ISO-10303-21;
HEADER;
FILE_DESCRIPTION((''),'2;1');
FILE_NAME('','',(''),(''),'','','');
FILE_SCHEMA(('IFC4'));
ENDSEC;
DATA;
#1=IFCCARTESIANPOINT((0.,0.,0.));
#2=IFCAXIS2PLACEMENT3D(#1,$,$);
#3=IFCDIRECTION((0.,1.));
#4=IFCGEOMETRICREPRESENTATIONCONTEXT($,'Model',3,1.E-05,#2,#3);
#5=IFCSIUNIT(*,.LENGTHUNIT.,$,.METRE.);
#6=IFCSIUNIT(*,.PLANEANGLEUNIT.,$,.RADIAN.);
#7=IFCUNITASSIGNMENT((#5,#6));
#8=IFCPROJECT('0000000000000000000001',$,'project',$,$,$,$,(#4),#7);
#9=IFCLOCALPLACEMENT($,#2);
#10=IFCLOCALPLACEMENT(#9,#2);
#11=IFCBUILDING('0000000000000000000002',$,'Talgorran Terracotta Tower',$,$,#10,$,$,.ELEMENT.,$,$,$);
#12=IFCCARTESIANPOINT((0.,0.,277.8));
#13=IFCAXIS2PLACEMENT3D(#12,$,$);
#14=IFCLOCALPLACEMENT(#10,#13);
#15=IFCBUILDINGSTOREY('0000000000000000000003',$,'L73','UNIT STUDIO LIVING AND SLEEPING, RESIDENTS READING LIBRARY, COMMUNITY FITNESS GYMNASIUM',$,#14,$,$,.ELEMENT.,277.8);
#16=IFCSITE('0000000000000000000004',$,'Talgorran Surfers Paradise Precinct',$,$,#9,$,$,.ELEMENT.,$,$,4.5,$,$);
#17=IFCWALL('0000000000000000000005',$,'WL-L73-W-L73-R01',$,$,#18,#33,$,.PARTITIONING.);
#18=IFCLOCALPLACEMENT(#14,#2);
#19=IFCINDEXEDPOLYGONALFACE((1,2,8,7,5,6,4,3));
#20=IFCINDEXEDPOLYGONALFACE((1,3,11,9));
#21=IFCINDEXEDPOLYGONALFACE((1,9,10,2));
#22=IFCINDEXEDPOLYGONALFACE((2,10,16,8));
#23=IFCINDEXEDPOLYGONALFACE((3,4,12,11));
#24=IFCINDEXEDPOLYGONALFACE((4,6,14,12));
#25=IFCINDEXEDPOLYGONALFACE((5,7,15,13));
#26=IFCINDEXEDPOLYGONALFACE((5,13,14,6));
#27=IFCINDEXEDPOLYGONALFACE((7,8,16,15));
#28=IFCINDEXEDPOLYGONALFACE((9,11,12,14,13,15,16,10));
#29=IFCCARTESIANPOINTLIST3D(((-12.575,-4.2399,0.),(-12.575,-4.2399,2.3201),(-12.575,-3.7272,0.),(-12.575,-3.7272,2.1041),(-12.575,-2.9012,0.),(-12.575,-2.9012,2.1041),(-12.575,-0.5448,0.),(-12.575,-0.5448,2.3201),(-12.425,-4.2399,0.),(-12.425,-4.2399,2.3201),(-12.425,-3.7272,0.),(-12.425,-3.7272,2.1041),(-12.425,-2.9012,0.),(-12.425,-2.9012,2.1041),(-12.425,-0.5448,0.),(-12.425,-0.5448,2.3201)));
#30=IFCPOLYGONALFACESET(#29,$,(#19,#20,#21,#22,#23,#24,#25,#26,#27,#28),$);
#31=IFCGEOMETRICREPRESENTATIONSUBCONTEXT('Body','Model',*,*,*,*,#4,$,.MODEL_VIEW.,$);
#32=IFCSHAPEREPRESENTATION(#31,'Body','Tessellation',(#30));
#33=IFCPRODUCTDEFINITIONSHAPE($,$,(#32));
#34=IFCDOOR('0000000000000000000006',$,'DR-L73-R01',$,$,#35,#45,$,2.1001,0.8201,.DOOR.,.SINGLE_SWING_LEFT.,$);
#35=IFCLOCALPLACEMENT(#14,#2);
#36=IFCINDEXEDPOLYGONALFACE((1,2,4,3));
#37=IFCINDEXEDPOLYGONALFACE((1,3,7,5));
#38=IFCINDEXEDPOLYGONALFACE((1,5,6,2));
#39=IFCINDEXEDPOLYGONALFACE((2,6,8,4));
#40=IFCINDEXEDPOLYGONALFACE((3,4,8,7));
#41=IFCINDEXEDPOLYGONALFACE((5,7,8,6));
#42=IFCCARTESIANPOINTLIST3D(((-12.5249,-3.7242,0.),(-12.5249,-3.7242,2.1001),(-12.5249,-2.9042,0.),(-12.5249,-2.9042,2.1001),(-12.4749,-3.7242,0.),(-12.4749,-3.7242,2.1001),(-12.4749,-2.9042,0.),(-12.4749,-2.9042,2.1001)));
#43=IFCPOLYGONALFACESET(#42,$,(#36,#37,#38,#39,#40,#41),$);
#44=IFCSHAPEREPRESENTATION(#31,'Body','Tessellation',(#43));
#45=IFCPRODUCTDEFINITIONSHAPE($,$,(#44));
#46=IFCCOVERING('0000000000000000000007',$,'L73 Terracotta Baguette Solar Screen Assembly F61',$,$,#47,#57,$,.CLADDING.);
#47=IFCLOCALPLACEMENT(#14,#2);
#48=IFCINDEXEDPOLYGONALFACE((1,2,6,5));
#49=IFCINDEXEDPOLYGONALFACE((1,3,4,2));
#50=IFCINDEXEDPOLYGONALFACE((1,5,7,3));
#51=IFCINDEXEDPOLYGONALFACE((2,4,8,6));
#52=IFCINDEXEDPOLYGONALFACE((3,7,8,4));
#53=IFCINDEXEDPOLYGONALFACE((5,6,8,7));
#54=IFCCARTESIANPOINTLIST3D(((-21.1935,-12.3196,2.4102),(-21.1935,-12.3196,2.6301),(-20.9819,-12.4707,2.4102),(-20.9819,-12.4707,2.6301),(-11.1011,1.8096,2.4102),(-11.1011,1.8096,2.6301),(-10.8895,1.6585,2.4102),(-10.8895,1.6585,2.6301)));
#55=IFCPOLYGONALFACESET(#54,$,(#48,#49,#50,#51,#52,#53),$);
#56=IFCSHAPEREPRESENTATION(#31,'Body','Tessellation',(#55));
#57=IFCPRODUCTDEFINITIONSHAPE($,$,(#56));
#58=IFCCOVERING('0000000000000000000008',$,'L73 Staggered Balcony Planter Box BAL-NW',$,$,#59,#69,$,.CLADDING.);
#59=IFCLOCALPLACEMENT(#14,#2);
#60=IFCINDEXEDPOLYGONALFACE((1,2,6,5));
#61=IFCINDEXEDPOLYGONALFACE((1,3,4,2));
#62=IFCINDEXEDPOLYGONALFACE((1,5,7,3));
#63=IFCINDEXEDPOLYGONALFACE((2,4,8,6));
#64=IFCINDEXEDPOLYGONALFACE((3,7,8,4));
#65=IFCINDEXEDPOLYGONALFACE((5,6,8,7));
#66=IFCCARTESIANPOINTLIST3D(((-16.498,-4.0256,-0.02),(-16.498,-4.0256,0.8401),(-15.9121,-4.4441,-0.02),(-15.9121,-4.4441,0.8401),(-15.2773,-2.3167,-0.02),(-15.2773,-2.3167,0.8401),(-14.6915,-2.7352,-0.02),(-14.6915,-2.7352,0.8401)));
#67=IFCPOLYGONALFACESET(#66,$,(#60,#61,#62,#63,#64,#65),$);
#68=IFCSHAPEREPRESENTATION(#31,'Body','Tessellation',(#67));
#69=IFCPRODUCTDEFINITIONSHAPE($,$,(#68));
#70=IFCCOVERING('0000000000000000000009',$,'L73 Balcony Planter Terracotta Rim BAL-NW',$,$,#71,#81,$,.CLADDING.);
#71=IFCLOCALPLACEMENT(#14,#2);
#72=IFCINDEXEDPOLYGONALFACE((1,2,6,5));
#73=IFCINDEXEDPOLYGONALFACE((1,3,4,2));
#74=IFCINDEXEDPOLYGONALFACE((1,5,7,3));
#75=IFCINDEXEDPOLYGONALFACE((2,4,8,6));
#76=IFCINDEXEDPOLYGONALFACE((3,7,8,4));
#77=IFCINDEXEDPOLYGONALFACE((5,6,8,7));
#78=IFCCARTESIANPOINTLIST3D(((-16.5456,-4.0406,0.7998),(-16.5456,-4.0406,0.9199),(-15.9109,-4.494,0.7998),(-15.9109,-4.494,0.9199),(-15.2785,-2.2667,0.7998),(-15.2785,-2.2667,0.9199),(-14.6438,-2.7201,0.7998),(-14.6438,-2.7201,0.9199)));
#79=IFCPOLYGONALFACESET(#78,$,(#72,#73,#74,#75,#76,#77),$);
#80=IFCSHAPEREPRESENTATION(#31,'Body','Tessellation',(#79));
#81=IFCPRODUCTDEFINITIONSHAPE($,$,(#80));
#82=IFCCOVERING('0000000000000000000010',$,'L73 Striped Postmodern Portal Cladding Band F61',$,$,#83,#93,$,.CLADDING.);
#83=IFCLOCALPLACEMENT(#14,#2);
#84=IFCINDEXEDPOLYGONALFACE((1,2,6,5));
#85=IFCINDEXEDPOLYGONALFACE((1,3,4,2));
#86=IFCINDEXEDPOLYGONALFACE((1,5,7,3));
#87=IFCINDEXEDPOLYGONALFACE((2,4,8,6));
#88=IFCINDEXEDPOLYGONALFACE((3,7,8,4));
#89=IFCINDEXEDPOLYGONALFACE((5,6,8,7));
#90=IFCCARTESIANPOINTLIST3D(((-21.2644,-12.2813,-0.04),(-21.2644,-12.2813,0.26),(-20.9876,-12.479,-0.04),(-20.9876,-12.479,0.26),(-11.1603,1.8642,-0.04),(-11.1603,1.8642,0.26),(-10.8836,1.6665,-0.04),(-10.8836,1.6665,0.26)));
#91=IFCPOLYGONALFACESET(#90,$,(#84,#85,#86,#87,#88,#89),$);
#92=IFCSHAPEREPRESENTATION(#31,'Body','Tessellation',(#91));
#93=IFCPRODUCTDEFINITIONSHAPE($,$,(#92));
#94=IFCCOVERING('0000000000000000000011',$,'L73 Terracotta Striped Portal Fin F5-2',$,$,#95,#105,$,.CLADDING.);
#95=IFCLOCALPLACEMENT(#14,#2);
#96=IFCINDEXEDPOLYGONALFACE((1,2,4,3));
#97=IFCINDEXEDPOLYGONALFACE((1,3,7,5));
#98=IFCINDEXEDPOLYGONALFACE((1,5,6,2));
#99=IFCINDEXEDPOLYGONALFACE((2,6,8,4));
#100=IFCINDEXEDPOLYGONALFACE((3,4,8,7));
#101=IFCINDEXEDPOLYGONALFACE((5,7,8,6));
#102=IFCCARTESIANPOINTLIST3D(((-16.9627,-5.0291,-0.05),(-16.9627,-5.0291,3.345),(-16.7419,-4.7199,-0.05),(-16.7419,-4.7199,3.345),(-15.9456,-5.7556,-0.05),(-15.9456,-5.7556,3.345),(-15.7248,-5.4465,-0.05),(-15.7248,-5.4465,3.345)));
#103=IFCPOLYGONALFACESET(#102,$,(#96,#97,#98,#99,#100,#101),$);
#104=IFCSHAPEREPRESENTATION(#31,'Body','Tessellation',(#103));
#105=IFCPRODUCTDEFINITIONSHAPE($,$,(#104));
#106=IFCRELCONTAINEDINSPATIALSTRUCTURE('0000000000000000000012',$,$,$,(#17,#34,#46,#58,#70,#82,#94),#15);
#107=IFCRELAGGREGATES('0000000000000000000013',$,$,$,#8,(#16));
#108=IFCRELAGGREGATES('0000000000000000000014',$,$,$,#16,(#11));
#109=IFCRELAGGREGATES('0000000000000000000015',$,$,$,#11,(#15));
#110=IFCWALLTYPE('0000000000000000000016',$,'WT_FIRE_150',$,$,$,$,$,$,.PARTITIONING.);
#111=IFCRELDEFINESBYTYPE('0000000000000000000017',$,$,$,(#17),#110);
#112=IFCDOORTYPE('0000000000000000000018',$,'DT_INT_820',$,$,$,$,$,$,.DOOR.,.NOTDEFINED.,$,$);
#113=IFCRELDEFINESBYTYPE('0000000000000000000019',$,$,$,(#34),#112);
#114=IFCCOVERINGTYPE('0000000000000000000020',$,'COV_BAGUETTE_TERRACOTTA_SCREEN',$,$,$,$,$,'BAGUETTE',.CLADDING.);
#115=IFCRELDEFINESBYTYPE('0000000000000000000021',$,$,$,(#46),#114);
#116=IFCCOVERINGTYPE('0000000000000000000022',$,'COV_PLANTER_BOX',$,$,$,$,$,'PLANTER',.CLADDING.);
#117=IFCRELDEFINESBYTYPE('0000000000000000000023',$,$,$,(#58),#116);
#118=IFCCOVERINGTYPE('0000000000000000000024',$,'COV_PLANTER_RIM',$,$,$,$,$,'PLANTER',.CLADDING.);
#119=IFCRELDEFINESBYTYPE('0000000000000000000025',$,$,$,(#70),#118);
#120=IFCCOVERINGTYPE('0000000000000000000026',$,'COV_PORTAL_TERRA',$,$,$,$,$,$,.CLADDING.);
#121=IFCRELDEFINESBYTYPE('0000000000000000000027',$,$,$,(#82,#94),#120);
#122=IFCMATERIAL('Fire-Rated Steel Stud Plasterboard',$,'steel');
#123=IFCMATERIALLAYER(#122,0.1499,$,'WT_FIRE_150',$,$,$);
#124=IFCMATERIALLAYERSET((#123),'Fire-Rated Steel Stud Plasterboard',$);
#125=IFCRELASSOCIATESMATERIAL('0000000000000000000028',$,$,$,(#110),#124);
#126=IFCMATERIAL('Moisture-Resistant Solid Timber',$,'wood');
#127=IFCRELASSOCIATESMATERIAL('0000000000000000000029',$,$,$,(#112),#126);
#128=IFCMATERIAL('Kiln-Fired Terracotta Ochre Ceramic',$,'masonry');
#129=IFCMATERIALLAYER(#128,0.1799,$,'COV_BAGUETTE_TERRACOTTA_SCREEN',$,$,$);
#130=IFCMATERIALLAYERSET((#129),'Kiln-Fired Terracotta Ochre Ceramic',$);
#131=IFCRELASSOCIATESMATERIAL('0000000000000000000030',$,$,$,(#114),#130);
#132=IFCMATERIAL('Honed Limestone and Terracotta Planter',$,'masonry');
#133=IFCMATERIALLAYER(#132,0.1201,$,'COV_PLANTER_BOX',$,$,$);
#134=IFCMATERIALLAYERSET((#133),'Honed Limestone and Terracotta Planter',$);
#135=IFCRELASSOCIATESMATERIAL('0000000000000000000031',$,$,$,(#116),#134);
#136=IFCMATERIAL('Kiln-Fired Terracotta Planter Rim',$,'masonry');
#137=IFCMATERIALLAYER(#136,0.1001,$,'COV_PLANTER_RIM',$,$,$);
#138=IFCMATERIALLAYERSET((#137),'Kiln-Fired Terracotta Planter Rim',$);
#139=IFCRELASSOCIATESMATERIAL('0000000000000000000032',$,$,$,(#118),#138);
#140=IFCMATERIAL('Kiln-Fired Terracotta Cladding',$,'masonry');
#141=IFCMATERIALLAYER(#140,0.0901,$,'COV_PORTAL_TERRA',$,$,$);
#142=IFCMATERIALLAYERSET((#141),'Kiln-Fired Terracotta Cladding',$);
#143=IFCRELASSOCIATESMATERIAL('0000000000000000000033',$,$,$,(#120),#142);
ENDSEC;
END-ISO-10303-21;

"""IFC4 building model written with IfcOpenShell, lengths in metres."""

from ifc_helpers import new_model, si_unit, direction, frame, frame_2d, origin, origin_2d, place, context, subcontext, project, spatial, rectangle, extrude, material, layer, layer_set, type_object, element, fill, save


model = new_model("IFC4")

# Units and contexts
model_context = context("Model", 3, precision=1e-05, world=origin(), true_north=direction((0.0, 1.0)))
body_context = subcontext(model_context, "Body", "Model", "MODEL_VIEW")
ifc_project = project(units=[si_unit("LENGTHUNIT", "METRE"), si_unit("PLANEANGLEUNIT", "RADIAN")], contexts=[model_context])

# Site, building, storey
site_placement = place(None, origin())
site = spatial("IfcSite", under=ifc_project, at=site_placement, Name="Talgorran Surfers Paradise Precinct", CompositionType="ELEMENT", RefElevation=4.5)
building_placement = place(site_placement, origin())
building = spatial("IfcBuilding", under=site, at=building_placement, Name="Talgorran Terracotta Tower", CompositionType="ELEMENT")
storey_placement = place(building_placement, frame((0.0, 0.0, 277.8)))
storey = spatial("IfcBuildingStorey", under=building, at=storey_placement, Name="L73", Description="UNIT STUDIO LIVING AND SLEEPING, RESIDENTS READING LIBRARY, COMMUNITY FITNESS GYMNASIUM", CompositionType="ELEMENT", Elevation=277.8)

# Wall, opening, door
ifc_material_1 = material(Name="Fire-Rated Steel Stud Plasterboard", Category="steel")
ifc_layer_1 = layer(ifc_material_1, 0.1499, Name="WT_FIRE_150")
ifc_layer_set_1 = layer_set([ifc_layer_1], Name="Fire-Rated Steel Stud Plasterboard")
wall_type_1 = type_object("IfcWallType", Name="WT_FIRE_150", PredefinedType="PARTITIONING", material=ifc_layer_set_1)
wall_1_placement = place(storey_placement, frame((-12.5, -4.24, 0.0), z_axis=(0.0, 0.0, 1.0), x_axis=(0.0, 1.0, 0.0)))
wall_1 = element("IfcWall", 1, at=wall_1_placement, inside=storey, type_object=wall_type_1, Name="WL-L73-W-L73-R01", PredefinedType="PARTITIONING", context=body_context, shape_type="SweptSolid", body=[
    extrude(rectangle(XDim=3.6951, YDim=0.1499, at=frame_2d((1.8477, 0.0))), origin(), (0.0, 0.0, 1.0), 2.3201),
])
opening_1_placement = place(wall_1_placement, frame((0.5156, 0.0, 0.0)))
opening_1 = element("IfcOpeningElement", 2, at=opening_1_placement, cuts=wall_1, PredefinedType="OPENING", context=body_context, shape_type="SweptSolid", body=[
    extrude(rectangle(XDim=0.8261, YDim=2.1041, at=frame_2d((0.4102, 1.052))), frame((0.0, 0.085, 0.0), z_axis=(0.0, -1.0, 0.0), x_axis=(1.0, 0.0, 0.0)), (0.0, 0.0, 1.0), 0.1699),
])
ifc_material_2 = material(Name="Moisture-Resistant Solid Timber", Category="wood")
door_type_1 = type_object("IfcDoorType", Name="DT_INT_820", OperationType="NOTDEFINED", PredefinedType="DOOR", material=ifc_material_2)
door_1_placement = place(opening_1_placement, origin())
door_1 = element("IfcDoor", 3, at=door_1_placement, inside=storey, type_object=door_type_1, Name="DR-L73-R01", OperationType="SINGLE_SWING_LEFT", OverallHeight=2.1001, OverallWidth=0.8201, PredefinedType="DOOR", context=body_context, shape_type="SweptSolid", body=[
    extrude(rectangle(XDim=0.8201, YDim=2.1001, at=frame_2d((0.4102, 1.05))), frame((0.0, 0.0249, 0.0), z_axis=(0.0, -1.0, 0.0), x_axis=(1.0, 0.0, 0.0)), (0.0, 0.0, 1.0), 0.05),
])
fill(opening_1, door_1)

# Coverings
ifc_material_3 = material(Name="Kiln-Fired Terracotta Ochre Ceramic", Category="masonry")
ifc_layer_2 = layer(ifc_material_3, 0.1799, Name="COV_BAGUETTE_TERRACOTTA_SCREEN")
ifc_layer_set_2 = layer_set([ifc_layer_2], Name="Kiln-Fired Terracotta Ochre Ceramic")
covering_type_1 = type_object("IfcCoveringType", Name="COV_BAGUETTE_TERRACOTTA_SCREEN", ElementType="BAGUETTE", PredefinedType="CLADDING", material=ifc_layer_set_2)
covering_1_placement = place(storey_placement, frame((-16.0415, -5.3306, 2.4102), z_axis=(0.0, 0.0, 1.0), x_axis=(-0.581243, -0.81373, 0.0)))
element("IfcCovering", 4, at=covering_1_placement, inside=storey, type_object=covering_type_1, Name="L73 Terracotta Baguette Solar Screen Assembly F61", PredefinedType="CLADDING", context=body_context, shape_type="SweptSolid", body=[
    extrude(rectangle(XDim=17.3635, YDim=0.26, at=origin_2d()), origin(), (0.0, 0.0, 1.0), 0.22),
])
ifc_material_4 = material(Name="Honed Limestone and Terracotta Planter", Category="masonry")
ifc_layer_3 = layer(ifc_material_4, 0.1201, Name="COV_PLANTER_BOX")
ifc_layer_set_3 = layer_set([ifc_layer_3], Name="Honed Limestone and Terracotta Planter")
covering_type_2 = type_object("IfcCoveringType", Name="COV_PLANTER_BOX", ElementType="PLANTER", PredefinedType="CLADDING", material=ifc_layer_set_3)
covering_2_placement = place(storey_placement, frame((-15.5947, -3.3804, -0.02), z_axis=(0.0, 0.0, 1.0), x_axis=(-0.581257, -0.81372, 0.0)))
element("IfcCovering", 5, at=covering_2_placement, inside=storey, type_object=covering_type_2, Name="L73 Staggered Balcony Planter Box BAL-NW", PredefinedType="CLADDING", context=body_context, shape_type="SweptSolid", body=[
    extrude(rectangle(XDim=2.1001, YDim=0.72, at=origin_2d()), origin(), (0.0, 0.0, 1.0), 0.8601),
])
ifc_material_5 = material(Name="Kiln-Fired Terracotta Planter Rim", Category="masonry")
ifc_layer_4 = layer(ifc_material_5, 0.1001, Name="COV_PLANTER_RIM")
ifc_layer_set_4 = layer_set([ifc_layer_4], Name="Kiln-Fired Terracotta Planter Rim")
covering_type_3 = type_object("IfcCoveringType", Name="COV_PLANTER_RIM", ElementType="PLANTER", PredefinedType="CLADDING", material=ifc_layer_set_4)
covering_3_placement = place(storey_placement, frame((-15.5947, -3.3804, 0.7998), z_axis=(0.0, 0.0, 1.0), x_axis=(-0.581257, -0.81372, 0.0)))
element("IfcCovering", 6, at=covering_3_placement, inside=storey, type_object=covering_type_3, Name="L73 Balcony Planter Terracotta Rim BAL-NW", PredefinedType="CLADDING", context=body_context, shape_type="SweptSolid", body=[
    extrude(rectangle(XDim=2.1799, YDim=0.78, at=origin_2d()), origin(), (0.0, 0.0, 1.0), 0.1201),
])
ifc_material_6 = material(Name="Kiln-Fired Terracotta Cladding", Category="masonry")
ifc_layer_5 = layer(ifc_material_6, 0.0901, Name="COV_PORTAL_TERRA")
ifc_layer_set_5 = layer_set([ifc_layer_5], Name="Kiln-Fired Terracotta Cladding")
covering_type_4 = type_object("IfcCoveringType", Name="COV_PORTAL_TERRA", PredefinedType="CLADDING", material=ifc_layer_set_5)
covering_4_placement = place(storey_placement, frame((-16.074, -5.3074, -0.04), z_axis=(0.0, 0.0, 1.0), x_axis=(-0.581243, -0.81373, 0.0)))
element("IfcCovering", 7, at=covering_4_placement, inside=storey, type_object=covering_type_4, Name="L73 Striped Postmodern Portal Cladding Band F61", PredefinedType="CLADDING", context=body_context, shape_type="SweptSolid", body=[
    extrude(rectangle(XDim=17.3835, YDim=0.3401, at=origin_2d()), origin(), (0.0, 0.0, 1.0), 0.3),
])
covering_5_placement = place(storey_placement, frame((-16.3438, -5.2378, -0.05), z_axis=(0.0, 0.0, 1.0), x_axis=(-0.581257, -0.81372, 0.0)))
element("IfcCovering", 8, at=covering_5_placement, inside=storey, type_object=covering_type_4, Name="L73 Terracotta Striped Portal Fin F5-2", PredefinedType="CLADDING", context=body_context, shape_type="SweptSolid", body=[
    extrude(rectangle(XDim=0.3799, YDim=1.25, at=origin_2d()), origin(), (0.0, 0.0, 1.0), 3.395),
])

save(model, "model.ifc")
